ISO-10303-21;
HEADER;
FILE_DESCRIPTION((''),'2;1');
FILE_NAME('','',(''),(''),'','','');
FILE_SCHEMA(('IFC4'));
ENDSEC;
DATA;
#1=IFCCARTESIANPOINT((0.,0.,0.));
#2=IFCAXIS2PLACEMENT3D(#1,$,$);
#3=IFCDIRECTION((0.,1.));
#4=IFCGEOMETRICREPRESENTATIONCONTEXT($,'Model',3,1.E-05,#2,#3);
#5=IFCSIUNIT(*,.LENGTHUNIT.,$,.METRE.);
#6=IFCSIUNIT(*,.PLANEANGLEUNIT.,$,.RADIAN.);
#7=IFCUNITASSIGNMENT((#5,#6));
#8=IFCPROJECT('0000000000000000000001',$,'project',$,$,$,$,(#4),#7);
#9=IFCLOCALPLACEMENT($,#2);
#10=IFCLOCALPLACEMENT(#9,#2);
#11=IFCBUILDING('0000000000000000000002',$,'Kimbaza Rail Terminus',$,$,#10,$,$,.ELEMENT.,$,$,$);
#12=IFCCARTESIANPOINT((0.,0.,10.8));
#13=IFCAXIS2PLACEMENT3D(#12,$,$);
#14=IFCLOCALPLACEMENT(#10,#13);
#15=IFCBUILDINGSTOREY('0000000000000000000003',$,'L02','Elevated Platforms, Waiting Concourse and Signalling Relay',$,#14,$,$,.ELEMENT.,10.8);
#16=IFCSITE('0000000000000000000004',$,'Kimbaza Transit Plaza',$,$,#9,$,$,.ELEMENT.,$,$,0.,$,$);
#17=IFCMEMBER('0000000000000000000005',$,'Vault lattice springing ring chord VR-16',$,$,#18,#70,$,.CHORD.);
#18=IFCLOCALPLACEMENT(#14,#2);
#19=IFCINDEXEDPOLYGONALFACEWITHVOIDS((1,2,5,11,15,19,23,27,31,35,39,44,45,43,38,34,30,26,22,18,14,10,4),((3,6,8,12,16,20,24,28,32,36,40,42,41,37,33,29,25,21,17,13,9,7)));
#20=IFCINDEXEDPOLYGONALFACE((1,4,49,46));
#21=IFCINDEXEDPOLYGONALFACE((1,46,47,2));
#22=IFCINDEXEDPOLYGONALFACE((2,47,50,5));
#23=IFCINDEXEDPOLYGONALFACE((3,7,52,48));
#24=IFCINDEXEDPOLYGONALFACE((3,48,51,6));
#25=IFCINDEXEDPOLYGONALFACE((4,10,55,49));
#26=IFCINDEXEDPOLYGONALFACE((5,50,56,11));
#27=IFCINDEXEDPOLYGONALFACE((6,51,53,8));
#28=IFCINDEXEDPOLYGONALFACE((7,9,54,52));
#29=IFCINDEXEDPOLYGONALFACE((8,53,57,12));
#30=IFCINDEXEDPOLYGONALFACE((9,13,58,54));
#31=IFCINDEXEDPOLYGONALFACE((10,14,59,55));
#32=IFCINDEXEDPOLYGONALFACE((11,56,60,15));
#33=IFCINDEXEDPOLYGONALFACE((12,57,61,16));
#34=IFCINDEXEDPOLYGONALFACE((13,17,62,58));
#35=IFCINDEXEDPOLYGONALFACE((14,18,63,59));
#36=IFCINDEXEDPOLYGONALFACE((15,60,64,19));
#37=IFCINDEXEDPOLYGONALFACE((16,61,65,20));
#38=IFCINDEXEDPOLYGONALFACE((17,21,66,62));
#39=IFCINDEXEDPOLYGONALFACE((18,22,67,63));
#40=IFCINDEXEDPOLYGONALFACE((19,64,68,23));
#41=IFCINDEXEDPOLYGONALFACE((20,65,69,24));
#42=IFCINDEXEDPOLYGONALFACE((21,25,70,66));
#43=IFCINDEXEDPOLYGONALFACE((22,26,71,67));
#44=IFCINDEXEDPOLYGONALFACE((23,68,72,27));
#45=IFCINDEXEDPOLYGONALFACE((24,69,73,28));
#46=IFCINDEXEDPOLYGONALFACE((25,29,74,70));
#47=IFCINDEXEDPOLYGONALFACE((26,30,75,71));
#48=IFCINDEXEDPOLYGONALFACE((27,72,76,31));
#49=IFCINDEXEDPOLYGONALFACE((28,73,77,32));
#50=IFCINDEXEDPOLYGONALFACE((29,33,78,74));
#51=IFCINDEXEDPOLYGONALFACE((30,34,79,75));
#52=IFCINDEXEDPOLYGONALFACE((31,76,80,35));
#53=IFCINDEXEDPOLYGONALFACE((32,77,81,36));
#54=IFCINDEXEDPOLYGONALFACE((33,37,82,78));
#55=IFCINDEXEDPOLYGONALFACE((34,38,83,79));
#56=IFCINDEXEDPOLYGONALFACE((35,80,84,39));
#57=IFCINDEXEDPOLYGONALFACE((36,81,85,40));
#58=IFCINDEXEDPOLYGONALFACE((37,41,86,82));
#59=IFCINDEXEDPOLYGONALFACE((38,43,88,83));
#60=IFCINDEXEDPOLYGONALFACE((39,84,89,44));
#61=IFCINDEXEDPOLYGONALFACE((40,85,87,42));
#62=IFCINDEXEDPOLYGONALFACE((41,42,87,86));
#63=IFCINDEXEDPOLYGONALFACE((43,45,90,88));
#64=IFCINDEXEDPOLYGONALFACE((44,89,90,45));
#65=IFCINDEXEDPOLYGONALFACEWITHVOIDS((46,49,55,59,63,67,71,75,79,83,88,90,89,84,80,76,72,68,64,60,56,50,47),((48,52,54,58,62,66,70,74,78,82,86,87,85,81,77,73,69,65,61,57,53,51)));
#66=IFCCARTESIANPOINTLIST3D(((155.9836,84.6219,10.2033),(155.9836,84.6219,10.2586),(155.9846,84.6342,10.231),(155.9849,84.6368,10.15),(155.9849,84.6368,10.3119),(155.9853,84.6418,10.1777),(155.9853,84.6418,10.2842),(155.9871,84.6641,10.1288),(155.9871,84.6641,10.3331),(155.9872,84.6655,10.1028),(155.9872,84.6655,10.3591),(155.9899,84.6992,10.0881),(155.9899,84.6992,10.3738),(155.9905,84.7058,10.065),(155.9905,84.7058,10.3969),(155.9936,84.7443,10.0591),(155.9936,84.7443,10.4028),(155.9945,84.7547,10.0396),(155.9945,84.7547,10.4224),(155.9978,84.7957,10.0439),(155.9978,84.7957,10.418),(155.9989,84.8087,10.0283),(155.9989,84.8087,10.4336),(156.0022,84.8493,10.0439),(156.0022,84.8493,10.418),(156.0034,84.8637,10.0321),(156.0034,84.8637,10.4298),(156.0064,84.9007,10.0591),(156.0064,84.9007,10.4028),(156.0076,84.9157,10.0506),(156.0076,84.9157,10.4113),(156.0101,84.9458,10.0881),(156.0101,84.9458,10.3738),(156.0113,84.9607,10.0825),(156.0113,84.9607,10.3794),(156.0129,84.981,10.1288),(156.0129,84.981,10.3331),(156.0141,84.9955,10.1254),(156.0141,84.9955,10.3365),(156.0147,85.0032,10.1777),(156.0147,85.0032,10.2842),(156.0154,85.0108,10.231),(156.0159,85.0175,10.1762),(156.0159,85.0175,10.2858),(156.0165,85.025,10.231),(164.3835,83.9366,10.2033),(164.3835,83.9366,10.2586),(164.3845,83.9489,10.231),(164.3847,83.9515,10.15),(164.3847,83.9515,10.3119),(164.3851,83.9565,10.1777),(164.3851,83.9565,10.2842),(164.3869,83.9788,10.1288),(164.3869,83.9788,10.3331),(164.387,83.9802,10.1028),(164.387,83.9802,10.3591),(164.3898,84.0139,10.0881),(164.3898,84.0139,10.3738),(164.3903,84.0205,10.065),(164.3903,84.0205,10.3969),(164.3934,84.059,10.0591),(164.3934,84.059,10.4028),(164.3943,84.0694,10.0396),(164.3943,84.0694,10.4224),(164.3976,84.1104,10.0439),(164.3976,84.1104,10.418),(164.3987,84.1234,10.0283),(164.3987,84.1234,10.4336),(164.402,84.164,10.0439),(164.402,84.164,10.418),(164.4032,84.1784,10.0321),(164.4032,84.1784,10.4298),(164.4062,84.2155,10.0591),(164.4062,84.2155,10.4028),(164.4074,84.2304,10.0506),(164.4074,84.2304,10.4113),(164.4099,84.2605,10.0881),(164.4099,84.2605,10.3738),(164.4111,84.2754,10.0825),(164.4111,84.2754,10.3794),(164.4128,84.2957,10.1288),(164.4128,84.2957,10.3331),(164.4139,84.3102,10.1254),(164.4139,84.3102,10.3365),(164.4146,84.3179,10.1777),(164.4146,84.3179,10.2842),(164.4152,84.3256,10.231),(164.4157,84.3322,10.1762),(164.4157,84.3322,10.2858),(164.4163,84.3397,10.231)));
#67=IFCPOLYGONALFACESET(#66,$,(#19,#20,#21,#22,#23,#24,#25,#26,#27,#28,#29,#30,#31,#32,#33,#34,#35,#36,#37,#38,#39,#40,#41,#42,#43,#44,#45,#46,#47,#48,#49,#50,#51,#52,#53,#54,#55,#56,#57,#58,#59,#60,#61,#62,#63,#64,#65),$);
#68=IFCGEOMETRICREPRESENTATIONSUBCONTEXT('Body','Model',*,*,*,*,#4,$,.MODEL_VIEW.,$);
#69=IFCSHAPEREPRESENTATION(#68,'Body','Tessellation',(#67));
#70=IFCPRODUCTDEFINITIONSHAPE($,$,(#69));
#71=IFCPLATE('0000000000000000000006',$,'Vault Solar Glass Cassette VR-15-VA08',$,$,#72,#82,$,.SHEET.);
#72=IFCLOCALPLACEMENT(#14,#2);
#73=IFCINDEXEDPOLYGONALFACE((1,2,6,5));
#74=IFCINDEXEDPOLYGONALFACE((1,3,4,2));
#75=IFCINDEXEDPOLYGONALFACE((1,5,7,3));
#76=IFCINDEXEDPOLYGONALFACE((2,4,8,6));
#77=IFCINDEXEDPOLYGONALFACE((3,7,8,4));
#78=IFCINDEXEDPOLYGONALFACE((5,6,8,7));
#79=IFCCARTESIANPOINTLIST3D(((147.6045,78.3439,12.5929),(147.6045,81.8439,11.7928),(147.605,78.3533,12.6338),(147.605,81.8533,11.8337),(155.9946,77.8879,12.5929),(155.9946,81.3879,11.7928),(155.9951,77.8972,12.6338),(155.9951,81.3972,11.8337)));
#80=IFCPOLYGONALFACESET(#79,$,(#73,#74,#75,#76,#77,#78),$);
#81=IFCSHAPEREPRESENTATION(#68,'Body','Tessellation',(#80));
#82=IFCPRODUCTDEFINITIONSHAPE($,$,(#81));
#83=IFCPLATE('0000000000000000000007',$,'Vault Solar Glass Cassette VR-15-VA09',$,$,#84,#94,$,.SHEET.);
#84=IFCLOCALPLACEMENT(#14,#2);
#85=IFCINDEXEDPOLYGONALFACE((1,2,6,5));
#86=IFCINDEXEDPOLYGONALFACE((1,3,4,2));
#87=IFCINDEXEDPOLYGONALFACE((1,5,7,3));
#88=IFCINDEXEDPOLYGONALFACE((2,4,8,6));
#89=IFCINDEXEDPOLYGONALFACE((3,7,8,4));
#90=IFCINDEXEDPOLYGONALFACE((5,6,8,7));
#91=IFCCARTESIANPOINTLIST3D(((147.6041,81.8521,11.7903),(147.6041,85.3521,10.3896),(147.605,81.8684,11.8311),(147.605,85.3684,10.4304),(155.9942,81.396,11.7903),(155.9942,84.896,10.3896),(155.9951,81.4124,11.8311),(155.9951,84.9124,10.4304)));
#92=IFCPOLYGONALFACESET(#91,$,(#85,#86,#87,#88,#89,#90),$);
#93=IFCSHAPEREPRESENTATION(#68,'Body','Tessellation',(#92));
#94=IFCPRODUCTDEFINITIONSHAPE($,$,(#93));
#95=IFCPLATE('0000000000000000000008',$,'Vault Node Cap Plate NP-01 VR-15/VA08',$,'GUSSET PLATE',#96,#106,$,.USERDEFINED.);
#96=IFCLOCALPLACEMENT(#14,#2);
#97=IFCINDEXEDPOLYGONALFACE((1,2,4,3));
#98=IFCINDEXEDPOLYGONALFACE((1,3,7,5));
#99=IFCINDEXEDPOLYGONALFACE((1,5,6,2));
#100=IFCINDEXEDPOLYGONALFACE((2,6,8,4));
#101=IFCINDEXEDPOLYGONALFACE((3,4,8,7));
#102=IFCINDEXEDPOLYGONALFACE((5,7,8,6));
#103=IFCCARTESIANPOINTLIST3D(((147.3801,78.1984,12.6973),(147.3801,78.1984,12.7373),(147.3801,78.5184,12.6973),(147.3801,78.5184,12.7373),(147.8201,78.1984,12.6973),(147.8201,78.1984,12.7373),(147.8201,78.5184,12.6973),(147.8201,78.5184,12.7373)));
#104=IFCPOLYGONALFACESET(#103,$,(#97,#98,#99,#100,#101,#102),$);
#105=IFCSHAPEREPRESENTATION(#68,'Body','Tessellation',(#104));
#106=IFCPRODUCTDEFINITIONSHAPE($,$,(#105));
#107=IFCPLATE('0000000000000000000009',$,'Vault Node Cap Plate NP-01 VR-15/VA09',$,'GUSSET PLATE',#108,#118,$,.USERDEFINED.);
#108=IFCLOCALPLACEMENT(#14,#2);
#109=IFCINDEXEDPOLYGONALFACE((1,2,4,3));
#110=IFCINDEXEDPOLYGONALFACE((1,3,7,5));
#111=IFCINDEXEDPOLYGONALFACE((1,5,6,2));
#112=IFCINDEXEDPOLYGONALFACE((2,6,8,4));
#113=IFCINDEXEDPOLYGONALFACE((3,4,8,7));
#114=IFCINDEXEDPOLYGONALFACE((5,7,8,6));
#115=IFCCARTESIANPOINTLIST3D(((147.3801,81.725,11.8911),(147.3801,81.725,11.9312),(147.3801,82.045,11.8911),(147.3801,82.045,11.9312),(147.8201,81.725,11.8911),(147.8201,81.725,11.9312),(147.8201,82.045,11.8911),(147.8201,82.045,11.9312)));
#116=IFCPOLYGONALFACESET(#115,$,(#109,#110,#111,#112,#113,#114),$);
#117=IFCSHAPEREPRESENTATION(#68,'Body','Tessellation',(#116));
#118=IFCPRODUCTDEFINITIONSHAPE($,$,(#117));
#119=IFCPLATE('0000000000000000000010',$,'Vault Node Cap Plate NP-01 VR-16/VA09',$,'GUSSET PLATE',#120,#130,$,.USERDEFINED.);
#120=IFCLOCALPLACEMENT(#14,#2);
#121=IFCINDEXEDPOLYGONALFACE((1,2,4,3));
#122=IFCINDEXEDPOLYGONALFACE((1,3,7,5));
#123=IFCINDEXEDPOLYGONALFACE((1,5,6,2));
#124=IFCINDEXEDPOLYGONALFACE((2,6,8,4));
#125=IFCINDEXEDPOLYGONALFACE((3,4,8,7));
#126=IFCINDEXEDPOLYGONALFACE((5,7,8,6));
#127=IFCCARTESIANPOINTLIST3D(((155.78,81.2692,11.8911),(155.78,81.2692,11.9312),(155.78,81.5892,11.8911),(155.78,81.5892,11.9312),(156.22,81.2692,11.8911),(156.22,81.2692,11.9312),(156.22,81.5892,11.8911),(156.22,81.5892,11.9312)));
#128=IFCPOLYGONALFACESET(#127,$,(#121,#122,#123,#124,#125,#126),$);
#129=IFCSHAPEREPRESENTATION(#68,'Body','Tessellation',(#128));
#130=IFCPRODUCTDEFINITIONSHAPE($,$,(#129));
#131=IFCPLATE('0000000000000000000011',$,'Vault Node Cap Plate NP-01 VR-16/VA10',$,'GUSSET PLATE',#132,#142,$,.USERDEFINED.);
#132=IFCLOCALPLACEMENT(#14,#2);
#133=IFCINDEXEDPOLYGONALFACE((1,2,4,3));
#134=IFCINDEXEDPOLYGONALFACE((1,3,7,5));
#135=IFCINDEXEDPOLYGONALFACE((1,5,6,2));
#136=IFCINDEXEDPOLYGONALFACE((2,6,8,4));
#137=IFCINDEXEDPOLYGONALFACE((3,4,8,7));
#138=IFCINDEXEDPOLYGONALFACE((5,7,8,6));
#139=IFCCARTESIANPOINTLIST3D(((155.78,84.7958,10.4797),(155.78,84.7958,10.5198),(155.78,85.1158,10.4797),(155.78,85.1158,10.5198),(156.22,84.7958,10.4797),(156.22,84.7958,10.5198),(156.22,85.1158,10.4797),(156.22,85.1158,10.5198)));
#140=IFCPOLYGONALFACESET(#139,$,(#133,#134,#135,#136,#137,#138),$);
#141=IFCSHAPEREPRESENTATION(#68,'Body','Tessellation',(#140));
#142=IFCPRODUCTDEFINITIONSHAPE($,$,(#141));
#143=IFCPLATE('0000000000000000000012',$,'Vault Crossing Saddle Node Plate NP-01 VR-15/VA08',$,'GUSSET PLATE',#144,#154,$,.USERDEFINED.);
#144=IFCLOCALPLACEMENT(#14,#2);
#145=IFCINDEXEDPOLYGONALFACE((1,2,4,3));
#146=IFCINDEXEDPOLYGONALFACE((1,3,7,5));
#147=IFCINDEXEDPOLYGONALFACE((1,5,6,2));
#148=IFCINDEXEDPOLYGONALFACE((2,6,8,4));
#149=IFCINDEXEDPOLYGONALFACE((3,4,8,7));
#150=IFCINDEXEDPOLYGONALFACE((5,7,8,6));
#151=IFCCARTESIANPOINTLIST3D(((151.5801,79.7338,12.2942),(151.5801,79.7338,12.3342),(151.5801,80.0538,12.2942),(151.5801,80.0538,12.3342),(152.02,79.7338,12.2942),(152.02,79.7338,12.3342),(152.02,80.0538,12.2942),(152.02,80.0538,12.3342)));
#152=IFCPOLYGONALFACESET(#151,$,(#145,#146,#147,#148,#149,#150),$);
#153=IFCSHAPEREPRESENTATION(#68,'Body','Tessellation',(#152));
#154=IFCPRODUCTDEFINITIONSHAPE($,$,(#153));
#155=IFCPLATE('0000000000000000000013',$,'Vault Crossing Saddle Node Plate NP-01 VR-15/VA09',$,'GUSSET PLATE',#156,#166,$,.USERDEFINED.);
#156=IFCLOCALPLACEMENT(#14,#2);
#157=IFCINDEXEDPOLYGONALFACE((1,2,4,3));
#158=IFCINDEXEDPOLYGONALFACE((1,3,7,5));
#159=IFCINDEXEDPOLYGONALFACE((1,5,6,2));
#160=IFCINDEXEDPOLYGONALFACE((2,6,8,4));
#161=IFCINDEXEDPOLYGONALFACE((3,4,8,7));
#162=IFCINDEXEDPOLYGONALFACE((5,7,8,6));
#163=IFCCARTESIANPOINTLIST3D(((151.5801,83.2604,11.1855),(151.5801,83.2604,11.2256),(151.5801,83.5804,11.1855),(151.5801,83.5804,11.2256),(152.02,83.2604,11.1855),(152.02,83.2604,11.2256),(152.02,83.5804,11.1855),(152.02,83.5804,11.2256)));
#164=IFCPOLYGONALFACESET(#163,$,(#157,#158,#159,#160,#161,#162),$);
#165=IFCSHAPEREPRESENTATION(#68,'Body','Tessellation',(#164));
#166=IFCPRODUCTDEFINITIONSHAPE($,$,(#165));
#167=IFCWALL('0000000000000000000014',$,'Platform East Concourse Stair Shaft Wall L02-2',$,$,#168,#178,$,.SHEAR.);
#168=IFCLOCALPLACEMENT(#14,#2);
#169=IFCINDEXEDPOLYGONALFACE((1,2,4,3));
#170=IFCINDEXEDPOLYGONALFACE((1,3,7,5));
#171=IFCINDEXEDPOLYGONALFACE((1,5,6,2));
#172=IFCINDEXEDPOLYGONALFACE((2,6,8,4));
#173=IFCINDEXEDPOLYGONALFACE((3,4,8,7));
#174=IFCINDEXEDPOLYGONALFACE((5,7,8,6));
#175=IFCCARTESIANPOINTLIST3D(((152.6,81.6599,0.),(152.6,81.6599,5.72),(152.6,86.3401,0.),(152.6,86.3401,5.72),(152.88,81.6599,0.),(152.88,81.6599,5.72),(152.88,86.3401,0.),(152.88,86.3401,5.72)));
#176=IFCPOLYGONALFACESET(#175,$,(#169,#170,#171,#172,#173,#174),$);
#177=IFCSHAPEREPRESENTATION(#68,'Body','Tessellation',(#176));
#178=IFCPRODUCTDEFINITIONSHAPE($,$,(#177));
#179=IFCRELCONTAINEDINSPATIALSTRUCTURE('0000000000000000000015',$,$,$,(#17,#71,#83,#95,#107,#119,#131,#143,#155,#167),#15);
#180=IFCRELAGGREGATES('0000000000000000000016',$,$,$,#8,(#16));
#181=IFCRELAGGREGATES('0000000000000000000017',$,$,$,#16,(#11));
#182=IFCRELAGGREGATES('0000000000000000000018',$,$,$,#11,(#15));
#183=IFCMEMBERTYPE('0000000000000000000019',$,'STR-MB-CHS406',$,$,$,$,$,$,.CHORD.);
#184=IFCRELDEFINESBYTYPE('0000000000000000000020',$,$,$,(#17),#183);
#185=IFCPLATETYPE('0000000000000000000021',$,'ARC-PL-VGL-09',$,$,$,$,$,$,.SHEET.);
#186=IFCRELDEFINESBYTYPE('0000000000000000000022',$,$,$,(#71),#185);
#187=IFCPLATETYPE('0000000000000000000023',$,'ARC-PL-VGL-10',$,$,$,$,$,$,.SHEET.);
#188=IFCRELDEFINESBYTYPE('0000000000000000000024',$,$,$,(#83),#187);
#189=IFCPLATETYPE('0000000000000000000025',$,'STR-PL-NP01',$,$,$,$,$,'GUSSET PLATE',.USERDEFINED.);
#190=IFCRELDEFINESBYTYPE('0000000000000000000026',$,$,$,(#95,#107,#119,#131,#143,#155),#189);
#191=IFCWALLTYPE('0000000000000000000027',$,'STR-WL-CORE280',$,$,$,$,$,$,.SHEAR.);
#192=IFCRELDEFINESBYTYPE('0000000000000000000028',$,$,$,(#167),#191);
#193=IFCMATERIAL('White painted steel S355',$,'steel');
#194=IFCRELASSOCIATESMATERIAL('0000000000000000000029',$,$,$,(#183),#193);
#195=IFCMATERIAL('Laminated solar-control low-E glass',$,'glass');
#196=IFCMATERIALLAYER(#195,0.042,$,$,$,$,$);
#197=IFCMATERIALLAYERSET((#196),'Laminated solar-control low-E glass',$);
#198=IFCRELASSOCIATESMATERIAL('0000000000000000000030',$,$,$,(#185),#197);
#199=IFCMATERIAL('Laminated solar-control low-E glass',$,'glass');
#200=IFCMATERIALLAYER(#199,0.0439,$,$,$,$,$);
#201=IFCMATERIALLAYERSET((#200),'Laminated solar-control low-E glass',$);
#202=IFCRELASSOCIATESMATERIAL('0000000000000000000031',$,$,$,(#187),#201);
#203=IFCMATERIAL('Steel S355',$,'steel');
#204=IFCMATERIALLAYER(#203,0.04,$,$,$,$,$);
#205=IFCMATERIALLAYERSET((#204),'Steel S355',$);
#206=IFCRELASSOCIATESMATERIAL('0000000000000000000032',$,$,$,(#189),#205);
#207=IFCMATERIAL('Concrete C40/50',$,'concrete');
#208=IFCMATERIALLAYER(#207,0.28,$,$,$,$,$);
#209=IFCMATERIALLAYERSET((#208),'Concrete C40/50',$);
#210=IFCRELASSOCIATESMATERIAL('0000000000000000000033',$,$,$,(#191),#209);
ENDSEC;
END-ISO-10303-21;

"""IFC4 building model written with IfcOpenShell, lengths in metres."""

from ifc_helpers import new_model, si_unit, direction, frame, frame_2d, origin, origin_2d, place, context, subcontext, project, spatial, polyline, rectangle, hollow_circle, outline, extrude, material, layer, layer_set, material_profile, profile_set, type_object, element, save


model = new_model("IFC4")

# Units and contexts
model_context = context("Model", 3, precision=1e-05, world=origin(), true_north=direction((0.0, 1.0)))
body_context = subcontext(model_context, "Body", "Model", "MODEL_VIEW")
ifc_project = project(units=[si_unit("LENGTHUNIT", "METRE"), si_unit("PLANEANGLEUNIT", "RADIAN")], contexts=[model_context])

# Site, building, storey
site_placement = place(None, origin())
site = spatial("IfcSite", under=ifc_project, at=site_placement, Name="Kimbaza Transit Plaza", CompositionType="ELEMENT", RefElevation=0.0)
building_placement = place(site_placement, origin())
building = spatial("IfcBuilding", under=site, at=building_placement, Name="Kimbaza Rail Terminus", CompositionType="ELEMENT")
storey_placement = place(building_placement, frame((0.0, 0.0, 10.8)))
storey = spatial("IfcBuildingStorey", under=building, at=storey_placement, Name="L02", Description="Elevated Platforms, Waiting Concourse and Signalling Relay", CompositionType="ELEMENT", Elevation=10.8)

# Member
ifc_material_1 = material(Name="White painted steel S355", Category="steel")
ifc_material_profile_1 = material_profile(ifc_material_1, hollow_circle(Radius=0.2031, WallThickness=0.0142, at=origin_2d()), Name="CHS 406.4x14.2")
ifc_profile_set_1 = profile_set([ifc_material_profile_1], Name="White painted steel S355")
member_type_1 = type_object("IfcMemberType", Name="STR-MB-CHS406", PredefinedType="CHORD", material=ifc_profile_set_1)
member_1_placement = place(storey_placement, frame((156.0, 84.8225, 10.231), z_axis=(0.996688, -0.081314, 0.0), x_axis=(0.081314, 0.996688, 0.0)))
element("IfcMember", 1, at=member_1_placement, inside=storey, type_object=member_type_1, Name="Vault lattice springing ring chord VR-16", PredefinedType="CHORD", context=body_context, shape_type="SweptSolid", body=[
    extrude(hollow_circle(Radius=0.2031, WallThickness=0.0142, at=origin_2d()), origin(), (0.0, 0.0, 1.0), 8.4277),
])

# Plates
ifc_material_2 = material(Name="Laminated solar-control low-E glass", Category="glass")
ifc_layer_1 = layer(ifc_material_2, 0.042)
ifc_layer_set_1 = layer_set([ifc_layer_1], Name="Laminated solar-control low-E glass")
plate_type_1 = type_object("IfcPlateType", Name="ARC-PL-VGL-09", PredefinedType="SHEET", material=ifc_layer_set_1)
plate_1_placement = place(storey_placement, frame((147.605, 78.3533, 12.6338), z_axis=(0.012112, 0.222821, 0.974784), x_axis=(0.998526, -0.054276, 0.0)))
element("IfcPlate", 2, at=plate_1_placement, inside=storey, type_object=plate_type_1, Name="Vault Solar Glass Cassette VR-15-VA08", PredefinedType="SHEET", context=body_context, shape_type="SweptSolid", body=[
    extrude(outline(polyline([(0.0, 0.0), (8.4025, 0.0), (8.2126, 3.5852), (-0.19, 3.5852), (0.0, 0.0)])), origin(), (0.0, 0.0, -1.0), 0.042),
])
ifc_material_3 = material(Name="Laminated solar-control low-E glass", Category="glass")
ifc_layer_2 = layer(ifc_material_3, 0.0439)
ifc_layer_set_2 = layer_set([ifc_layer_2], Name="Laminated solar-control low-E glass")
plate_type_2 = type_object("IfcPlateType", Name="ARC-PL-VGL-10", PredefinedType="SHEET", material=ifc_layer_set_2)
plate_2_placement = place(storey_placement, frame((147.605, 81.8684, 11.8311), z_axis=(0.020191, 0.37146, 0.928229), x_axis=(0.998526, -0.054276, 0.0)))
element("IfcPlate", 3, at=plate_2_placement, inside=storey, type_object=plate_type_2, Name="Vault Solar Glass Cassette VR-15-VA09", PredefinedType="SHEET", context=body_context, shape_type="SweptSolid", body=[
    extrude(outline(polyline([(0.0, 0.0), (8.4025, 0.0), (8.2126, 3.7651), (-0.19, 3.7651), (0.0, 0.0)])), origin(), (0.0, 0.0, -1.0), 0.0439),
])
ifc_material_4 = material(Name="Steel S355", Category="steel")
ifc_layer_3 = layer(ifc_material_4, 0.04)
ifc_layer_set_3 = layer_set([ifc_layer_3], Name="Steel S355")
plate_type_3 = type_object("IfcPlateType", Name="STR-PL-NP01", ElementType="GUSSET PLATE", PredefinedType="USERDEFINED", material=ifc_layer_set_3)
for number, where, z_axis, x_axis, name in (
    (4, (147.6001, 78.3584, 12.6973), (0.0, 0.0, 1.0), (1.0, 0.0, 0.0), "Vault Node Cap Plate NP-01 VR-15/VA08"),
    (5, (147.6001, 81.885, 11.8911), (0.0, 0.0, 1.0), (1.0, 0.0, 0.0), "Vault Node Cap Plate NP-01 VR-15/VA09"),
    (6, (156.0, 81.4292, 11.8911), (0.0, 0.0, 1.0), (1.0, 0.0, 0.0), "Vault Node Cap Plate NP-01 VR-16/VA09"),
    (7, (156.0, 84.9558, 10.4797), (0.0, 0.0, 1.0), (1.0, 0.0, 0.0), "Vault Node Cap Plate NP-01 VR-16/VA10"),
    (8, (151.8, 79.8938, 12.2942), (0.0, 0.0, 1.0), (1.0, 0.0, 0.0), "Vault Crossing Saddle Node Plate NP-01 VR-15/VA08"),
    (9, (151.8, 83.4204, 11.1855), (0.0, 0.0, 1.0), (1.0, 0.0, 0.0), "Vault Crossing Saddle Node Plate NP-01 VR-15/VA09"),
):
    element("IfcPlate", number, at=place(storey_placement, frame(where, z_axis=z_axis, x_axis=x_axis)), inside=storey, type_object=plate_type_3, Name=name, ObjectType="GUSSET PLATE", PredefinedType="USERDEFINED", context=body_context, shape_type="SweptSolid", body=[
        extrude(rectangle(XDim=0.4399, YDim=0.3201, at=origin_2d()), origin(), (0.0, 0.0, 1.0), 0.04),
    ])

# Wall
ifc_material_5 = material(Name="Concrete C40/50", Category="concrete")
ifc_layer_4 = layer(ifc_material_5, 0.28)
ifc_layer_set_4 = layer_set([ifc_layer_4], Name="Concrete C40/50")
wall_type = type_object("IfcWallType", Name="STR-WL-CORE280", PredefinedType="SHEAR", material=ifc_layer_set_4)
wall_placement = place(storey_placement, frame((152.74, 81.6599, 0.0), z_axis=(0.0, 0.0, 1.0), x_axis=(0.0, 1.0, 0.0)))
element("IfcWall", 10, at=wall_placement, inside=storey, type_object=wall_type, Name="Platform East Concourse Stair Shaft Wall L02-2", PredefinedType="SHEAR", context=body_context, shape_type="SweptSolid", body=[
    extrude(rectangle(XDim=4.6802, YDim=0.28, at=frame_2d((2.3401, 0.0))), origin(), (0.0, 0.0, 1.0), 5.72),
])

save(model, "model.ifc")
